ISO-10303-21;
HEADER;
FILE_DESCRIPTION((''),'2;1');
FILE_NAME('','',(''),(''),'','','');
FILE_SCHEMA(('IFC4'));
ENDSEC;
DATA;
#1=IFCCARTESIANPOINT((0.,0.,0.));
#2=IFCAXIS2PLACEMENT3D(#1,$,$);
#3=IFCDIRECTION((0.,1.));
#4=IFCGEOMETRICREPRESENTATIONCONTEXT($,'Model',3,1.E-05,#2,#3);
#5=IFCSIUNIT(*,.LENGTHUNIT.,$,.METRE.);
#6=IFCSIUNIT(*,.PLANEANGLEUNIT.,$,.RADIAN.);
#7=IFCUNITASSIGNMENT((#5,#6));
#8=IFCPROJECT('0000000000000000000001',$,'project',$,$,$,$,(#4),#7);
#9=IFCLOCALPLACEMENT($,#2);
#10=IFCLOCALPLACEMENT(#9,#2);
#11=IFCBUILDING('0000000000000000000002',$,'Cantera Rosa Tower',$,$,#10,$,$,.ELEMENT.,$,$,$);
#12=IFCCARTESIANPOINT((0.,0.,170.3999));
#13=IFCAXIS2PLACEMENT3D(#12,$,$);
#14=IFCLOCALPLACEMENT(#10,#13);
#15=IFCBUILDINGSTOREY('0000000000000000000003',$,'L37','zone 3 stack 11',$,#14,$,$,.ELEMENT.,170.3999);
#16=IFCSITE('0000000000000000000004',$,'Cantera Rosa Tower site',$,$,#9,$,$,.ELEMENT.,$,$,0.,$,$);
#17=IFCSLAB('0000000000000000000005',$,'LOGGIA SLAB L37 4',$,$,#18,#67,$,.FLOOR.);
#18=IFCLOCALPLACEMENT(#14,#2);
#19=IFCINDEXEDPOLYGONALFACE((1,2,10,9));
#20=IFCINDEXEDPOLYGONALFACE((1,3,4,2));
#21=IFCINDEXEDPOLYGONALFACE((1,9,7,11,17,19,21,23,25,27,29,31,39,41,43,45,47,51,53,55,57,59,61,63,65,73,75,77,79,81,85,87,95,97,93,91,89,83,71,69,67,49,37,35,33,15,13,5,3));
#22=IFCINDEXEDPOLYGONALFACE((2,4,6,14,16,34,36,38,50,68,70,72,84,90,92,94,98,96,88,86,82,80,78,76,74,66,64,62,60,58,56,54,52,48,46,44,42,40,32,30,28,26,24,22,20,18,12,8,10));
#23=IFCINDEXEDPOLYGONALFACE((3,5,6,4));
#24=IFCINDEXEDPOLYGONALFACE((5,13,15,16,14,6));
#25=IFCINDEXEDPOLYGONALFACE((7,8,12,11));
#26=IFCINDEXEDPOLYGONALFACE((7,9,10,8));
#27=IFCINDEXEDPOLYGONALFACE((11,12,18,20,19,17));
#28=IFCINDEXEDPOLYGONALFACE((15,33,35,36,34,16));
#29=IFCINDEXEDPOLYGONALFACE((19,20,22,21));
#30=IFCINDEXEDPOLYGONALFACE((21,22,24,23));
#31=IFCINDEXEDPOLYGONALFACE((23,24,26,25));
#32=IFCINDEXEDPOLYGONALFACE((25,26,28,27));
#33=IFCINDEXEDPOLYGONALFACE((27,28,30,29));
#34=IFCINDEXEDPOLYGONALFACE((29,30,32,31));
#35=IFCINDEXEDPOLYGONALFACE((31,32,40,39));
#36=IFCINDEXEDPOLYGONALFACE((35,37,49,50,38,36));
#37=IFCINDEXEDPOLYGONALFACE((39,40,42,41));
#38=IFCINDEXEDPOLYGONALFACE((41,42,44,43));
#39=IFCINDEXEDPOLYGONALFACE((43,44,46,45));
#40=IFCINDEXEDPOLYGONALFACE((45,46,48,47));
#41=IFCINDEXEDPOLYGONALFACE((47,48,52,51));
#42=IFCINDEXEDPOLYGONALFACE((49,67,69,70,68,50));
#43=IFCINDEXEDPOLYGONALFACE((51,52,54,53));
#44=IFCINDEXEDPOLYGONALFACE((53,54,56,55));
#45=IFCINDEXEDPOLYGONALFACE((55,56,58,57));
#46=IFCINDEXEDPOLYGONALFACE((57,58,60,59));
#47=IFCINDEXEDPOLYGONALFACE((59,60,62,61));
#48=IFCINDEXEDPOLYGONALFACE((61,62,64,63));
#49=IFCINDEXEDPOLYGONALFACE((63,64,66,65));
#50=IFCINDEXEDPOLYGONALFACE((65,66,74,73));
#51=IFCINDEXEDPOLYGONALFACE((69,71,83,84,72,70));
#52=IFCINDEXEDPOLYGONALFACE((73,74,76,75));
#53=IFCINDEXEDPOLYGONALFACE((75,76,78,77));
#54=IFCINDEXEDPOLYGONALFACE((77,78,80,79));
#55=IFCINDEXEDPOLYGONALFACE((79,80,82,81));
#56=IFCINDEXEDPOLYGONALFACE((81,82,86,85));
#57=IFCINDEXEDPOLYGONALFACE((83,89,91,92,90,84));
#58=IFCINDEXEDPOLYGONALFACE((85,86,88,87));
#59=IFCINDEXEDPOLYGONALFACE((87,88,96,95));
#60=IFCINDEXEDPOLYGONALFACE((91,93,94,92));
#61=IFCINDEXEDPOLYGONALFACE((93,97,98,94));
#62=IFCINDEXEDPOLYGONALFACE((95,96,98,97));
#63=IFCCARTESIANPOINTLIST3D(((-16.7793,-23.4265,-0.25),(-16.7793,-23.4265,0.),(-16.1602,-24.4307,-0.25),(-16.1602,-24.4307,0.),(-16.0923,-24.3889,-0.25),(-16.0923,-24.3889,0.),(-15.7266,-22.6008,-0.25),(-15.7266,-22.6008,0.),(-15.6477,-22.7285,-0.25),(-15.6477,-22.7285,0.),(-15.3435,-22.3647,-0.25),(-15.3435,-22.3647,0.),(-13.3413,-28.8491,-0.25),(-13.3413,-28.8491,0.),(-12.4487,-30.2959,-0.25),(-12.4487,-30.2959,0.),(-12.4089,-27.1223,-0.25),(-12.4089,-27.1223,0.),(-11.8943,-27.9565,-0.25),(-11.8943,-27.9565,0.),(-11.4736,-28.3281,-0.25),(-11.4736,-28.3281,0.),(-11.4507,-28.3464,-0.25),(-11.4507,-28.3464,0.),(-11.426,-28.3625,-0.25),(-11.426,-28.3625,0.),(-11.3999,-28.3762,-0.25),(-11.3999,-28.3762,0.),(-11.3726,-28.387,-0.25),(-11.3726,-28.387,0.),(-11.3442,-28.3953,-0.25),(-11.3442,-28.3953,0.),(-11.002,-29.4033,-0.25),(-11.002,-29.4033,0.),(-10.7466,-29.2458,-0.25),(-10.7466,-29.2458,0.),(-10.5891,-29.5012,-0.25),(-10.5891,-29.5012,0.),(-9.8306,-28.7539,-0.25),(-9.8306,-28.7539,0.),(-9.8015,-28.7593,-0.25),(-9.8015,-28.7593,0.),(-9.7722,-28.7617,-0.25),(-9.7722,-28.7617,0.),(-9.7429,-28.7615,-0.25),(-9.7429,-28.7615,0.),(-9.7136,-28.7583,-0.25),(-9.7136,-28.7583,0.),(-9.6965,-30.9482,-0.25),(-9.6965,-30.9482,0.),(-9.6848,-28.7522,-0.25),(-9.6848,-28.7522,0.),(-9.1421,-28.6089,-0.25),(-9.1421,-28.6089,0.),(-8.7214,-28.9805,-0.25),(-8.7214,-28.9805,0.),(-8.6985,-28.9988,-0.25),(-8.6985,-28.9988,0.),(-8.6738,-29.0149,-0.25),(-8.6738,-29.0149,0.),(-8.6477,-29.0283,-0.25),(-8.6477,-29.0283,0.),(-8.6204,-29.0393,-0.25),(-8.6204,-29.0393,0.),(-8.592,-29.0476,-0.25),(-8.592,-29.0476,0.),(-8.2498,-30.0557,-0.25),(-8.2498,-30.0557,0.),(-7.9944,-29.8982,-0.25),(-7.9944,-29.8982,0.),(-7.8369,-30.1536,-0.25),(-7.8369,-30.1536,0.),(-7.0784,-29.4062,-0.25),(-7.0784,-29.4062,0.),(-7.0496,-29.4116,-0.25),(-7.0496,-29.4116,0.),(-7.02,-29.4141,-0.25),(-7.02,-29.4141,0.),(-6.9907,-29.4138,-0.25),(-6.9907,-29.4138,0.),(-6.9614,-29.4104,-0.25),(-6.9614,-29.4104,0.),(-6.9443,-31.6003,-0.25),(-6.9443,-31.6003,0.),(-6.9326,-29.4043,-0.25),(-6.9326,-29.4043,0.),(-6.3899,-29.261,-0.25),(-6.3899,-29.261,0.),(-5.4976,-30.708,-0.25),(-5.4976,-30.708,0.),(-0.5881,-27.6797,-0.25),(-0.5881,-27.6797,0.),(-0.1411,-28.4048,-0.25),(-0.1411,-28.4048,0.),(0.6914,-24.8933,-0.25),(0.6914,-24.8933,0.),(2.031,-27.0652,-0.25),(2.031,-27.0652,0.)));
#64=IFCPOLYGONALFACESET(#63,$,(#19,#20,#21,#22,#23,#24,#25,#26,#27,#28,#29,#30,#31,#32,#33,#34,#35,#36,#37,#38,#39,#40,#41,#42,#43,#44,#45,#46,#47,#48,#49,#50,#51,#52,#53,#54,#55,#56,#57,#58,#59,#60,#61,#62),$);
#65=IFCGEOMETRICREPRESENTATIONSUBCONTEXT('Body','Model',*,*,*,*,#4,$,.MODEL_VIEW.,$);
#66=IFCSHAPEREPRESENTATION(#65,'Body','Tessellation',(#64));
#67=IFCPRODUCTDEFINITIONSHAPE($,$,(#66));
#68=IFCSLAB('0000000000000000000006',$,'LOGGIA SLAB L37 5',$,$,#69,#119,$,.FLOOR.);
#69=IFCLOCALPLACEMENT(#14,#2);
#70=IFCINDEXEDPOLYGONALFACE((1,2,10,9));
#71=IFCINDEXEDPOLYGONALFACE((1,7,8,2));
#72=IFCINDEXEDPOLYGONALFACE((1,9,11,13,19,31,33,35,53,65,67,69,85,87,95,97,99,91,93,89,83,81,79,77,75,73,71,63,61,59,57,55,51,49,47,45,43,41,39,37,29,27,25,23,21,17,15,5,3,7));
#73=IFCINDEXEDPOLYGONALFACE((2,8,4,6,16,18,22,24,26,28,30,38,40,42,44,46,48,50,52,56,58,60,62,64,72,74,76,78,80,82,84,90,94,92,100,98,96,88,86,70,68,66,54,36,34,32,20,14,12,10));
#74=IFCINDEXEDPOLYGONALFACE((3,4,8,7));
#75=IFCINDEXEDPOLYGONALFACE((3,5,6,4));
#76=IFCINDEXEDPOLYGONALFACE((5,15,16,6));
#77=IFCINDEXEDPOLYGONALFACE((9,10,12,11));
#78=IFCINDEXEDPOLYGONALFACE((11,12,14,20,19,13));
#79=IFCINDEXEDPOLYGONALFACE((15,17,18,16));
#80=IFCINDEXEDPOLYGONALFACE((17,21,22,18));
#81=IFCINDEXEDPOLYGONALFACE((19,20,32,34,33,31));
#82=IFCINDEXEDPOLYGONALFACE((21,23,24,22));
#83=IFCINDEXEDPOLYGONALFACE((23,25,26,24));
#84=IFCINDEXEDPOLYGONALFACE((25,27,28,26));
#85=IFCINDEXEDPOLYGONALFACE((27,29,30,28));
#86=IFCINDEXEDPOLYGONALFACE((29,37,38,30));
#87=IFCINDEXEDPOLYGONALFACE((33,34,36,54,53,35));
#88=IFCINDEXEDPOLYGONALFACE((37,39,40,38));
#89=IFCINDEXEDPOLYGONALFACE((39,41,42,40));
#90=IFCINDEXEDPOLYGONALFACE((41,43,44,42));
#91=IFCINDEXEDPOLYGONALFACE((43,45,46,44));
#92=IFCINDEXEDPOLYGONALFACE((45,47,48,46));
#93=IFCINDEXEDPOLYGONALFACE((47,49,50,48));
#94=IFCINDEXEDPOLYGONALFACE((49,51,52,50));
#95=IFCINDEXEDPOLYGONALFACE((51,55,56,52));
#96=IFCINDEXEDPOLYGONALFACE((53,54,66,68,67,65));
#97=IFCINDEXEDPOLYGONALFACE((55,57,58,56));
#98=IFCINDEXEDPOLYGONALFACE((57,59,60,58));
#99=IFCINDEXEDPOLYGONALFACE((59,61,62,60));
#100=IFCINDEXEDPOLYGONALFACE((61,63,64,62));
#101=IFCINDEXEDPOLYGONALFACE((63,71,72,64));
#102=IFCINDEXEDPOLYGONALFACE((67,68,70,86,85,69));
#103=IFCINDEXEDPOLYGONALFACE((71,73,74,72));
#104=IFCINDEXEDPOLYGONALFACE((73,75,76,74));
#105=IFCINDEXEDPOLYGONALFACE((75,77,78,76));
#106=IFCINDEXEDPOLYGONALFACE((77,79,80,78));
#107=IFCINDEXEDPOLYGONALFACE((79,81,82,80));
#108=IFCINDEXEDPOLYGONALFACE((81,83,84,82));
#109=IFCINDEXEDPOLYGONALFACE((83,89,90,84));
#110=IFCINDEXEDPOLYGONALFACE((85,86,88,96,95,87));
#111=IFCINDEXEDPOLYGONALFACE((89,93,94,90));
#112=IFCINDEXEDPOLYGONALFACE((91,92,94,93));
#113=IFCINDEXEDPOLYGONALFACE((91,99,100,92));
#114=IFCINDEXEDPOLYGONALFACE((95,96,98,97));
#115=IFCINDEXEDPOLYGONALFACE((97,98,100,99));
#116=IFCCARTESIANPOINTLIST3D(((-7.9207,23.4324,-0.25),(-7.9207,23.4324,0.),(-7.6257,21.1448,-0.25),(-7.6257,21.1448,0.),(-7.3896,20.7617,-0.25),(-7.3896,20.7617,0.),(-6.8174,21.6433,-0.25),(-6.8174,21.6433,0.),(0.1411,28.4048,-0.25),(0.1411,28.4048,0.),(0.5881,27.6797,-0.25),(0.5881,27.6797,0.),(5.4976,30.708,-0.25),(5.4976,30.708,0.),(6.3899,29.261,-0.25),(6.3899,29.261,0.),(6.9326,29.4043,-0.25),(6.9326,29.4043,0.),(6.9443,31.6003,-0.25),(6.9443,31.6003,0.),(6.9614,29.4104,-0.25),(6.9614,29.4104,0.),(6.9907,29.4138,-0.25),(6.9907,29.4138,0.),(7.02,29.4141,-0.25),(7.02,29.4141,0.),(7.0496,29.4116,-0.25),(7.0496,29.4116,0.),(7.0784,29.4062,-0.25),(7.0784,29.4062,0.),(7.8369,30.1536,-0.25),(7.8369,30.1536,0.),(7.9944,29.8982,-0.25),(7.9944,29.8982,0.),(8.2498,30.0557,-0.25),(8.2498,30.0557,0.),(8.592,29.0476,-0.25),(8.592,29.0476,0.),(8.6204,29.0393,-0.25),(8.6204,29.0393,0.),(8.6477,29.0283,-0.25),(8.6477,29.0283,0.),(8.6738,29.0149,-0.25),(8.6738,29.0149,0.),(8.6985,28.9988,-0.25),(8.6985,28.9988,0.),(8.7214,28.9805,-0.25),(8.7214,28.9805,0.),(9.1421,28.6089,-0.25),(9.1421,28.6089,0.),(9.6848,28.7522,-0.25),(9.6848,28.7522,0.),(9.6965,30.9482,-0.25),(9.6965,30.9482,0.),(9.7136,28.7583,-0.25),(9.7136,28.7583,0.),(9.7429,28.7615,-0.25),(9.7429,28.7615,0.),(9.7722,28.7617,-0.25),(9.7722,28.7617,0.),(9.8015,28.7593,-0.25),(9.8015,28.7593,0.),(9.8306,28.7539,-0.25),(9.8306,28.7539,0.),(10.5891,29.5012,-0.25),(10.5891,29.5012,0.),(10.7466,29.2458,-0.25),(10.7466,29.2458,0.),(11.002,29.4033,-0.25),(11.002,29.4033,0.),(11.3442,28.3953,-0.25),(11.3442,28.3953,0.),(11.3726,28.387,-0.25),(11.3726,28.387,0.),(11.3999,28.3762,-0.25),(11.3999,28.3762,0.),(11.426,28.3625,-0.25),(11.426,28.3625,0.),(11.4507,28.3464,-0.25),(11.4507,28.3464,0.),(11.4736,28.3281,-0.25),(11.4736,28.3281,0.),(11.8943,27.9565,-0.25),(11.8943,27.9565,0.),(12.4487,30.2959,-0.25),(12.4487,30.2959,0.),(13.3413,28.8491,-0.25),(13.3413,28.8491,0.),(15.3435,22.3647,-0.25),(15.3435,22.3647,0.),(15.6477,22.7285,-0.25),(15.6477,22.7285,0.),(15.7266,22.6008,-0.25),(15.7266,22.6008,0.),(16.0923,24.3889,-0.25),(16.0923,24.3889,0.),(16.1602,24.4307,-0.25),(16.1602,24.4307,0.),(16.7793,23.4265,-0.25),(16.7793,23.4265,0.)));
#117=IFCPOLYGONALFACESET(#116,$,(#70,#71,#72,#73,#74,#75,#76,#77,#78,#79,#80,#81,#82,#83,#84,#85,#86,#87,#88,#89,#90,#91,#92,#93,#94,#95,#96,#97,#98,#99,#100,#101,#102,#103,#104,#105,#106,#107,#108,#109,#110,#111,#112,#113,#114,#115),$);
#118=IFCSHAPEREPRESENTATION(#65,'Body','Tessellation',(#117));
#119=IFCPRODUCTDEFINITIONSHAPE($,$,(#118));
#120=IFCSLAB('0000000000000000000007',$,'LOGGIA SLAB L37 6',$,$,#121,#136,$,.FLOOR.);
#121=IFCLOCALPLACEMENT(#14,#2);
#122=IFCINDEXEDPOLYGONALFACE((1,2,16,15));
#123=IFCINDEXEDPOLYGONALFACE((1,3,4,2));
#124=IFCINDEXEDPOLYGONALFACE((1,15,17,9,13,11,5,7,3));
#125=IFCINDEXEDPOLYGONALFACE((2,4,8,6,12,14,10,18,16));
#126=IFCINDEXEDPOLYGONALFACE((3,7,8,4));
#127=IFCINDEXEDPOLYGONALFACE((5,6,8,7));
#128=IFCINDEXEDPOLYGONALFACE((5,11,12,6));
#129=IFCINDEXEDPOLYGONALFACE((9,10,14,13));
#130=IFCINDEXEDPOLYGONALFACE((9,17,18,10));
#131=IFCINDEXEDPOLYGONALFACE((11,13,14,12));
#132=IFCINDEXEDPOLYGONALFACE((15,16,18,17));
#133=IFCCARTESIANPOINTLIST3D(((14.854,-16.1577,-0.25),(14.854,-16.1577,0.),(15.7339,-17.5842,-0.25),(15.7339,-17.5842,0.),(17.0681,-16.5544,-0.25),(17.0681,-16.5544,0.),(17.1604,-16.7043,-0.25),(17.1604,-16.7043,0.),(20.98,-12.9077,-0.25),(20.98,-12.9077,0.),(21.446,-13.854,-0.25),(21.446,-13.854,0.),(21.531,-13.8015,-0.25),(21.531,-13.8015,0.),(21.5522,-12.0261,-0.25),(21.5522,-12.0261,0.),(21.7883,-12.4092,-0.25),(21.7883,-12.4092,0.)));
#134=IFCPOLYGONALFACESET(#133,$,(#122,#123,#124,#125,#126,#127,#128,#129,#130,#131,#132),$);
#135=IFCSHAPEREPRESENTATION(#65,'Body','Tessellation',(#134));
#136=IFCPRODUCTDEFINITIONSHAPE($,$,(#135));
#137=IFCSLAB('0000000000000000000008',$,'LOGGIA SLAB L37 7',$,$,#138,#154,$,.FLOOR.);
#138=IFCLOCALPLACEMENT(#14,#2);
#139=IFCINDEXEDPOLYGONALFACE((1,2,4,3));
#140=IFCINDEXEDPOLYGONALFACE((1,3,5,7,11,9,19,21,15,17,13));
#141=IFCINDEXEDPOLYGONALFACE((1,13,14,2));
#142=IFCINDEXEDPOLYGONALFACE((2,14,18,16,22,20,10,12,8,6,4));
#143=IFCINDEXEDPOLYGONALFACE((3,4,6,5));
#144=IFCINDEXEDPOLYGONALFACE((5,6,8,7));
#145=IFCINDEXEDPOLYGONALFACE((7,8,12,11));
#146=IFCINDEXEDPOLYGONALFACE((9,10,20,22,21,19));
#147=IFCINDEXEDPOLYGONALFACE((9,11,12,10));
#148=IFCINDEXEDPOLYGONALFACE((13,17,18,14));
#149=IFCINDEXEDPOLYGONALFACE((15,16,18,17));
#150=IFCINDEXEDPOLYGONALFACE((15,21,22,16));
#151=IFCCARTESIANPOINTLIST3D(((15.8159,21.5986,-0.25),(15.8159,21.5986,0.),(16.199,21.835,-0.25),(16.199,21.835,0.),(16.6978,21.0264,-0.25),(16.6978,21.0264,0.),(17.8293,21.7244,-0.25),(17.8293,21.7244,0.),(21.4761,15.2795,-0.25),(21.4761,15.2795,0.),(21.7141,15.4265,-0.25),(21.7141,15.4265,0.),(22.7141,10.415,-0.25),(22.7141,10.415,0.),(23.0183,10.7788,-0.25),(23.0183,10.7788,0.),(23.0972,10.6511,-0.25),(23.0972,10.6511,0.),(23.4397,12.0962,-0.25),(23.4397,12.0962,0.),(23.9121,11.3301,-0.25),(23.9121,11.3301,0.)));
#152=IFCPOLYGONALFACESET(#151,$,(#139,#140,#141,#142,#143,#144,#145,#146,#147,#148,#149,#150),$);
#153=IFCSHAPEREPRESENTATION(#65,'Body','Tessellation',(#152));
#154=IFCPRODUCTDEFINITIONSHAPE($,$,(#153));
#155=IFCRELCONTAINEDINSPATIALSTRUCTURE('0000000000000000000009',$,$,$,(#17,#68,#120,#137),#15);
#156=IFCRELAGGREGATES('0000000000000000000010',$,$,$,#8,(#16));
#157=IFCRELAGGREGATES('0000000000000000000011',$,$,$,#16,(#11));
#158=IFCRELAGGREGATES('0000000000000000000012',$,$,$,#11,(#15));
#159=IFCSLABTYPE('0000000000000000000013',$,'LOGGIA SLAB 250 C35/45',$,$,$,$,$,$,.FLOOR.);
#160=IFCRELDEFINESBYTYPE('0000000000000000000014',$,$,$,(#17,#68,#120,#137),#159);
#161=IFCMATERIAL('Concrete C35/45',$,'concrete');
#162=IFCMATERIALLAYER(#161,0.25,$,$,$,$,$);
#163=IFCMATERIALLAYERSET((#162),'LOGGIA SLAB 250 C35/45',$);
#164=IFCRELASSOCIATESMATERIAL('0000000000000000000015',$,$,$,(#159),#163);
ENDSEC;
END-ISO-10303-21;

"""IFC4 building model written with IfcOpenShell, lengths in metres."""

from ifc_helpers import new_model, si_unit, direction, frame, origin, place, context, subcontext, project, spatial, polyline, outline, extrude, material, layer, layer_set, type_object, element, save


model = new_model("IFC4")

# Units and contexts
model_context = context("Model", 3, precision=1e-05, world=origin(), true_north=direction((0.0, 1.0)))
body_context = subcontext(model_context, "Body", "Model", "MODEL_VIEW")
ifc_project = project(units=[si_unit("LENGTHUNIT", "METRE"), si_unit("PLANEANGLEUNIT", "RADIAN")], contexts=[model_context])

# Site, building, storey
site_placement = place(None, origin())
site = spatial("IfcSite", under=ifc_project, at=site_placement, Name="Cantera Rosa Tower site", CompositionType="ELEMENT", RefElevation=0.0)
building_placement = place(site_placement, origin())
building = spatial("IfcBuilding", under=site, at=building_placement, Name="Cantera Rosa Tower", CompositionType="ELEMENT")
storey_placement = place(building_placement, frame((0.0, 0.0, 170.3999)))
storey = spatial("IfcBuildingStorey", under=building, at=storey_placement, Name="L37", Description="zone 3 stack 11", CompositionType="ELEMENT", Elevation=170.3999)

# Slabs
ifc_material_1 = material(Name="Concrete C35/45", Category="concrete")
ifc_layer_1 = layer(ifc_material_1, 0.25)
ifc_layer_set_1 = layer_set([ifc_layer_1], Name="LOGGIA SLAB 250 C35/45")
slab_type_1 = type_object("IfcSlabType", Name="LOGGIA SLAB 250 C35/45", PredefinedType="FLOOR", material=ifc_layer_set_1)
slab_1_placement = place(storey_placement, frame((0.0, 0.0, -0.25)))
element("IfcSlab", 1, at=slab_1_placement, inside=storey, type_object=slab_type_1, Name="LOGGIA SLAB L37 4", PredefinedType="FLOOR", context=body_context, shape_type="SweptSolid", body=[
    extrude(outline(polyline([(-7.9944, -29.8982), (-8.2498, -30.0557), (-9.6965, -30.9482), (-10.5891, -29.5012), (-10.7466, -29.2458), (-11.002, -29.4033), (-12.4487, -30.2959), (-13.3413, -28.8491), (-16.0923, -24.3889), (-16.1602, -24.4307), (-16.7793, -23.4265), (-15.6477, -22.7285), (-15.7266, -22.6008), (-15.3435, -22.3647), (-12.4089, -27.1223), (-11.8943, -27.9565), (-11.4736, -28.3281), (-11.4507, -28.3464), (-11.426, -28.3625), (-11.3999, -28.3762), (-11.3726, -28.387), (-11.3442, -28.3953), (-9.8306, -28.7539), (-9.8015, -28.7593), (-9.7722, -28.7617), (-9.7429, -28.7615), (-9.7136, -28.7583), (-9.6848, -28.7522), (-9.1421, -28.6089), (-8.7214, -28.9805), (-8.6985, -28.9988), (-8.6738, -29.0149), (-8.6477, -29.0283), (-8.6204, -29.0393), (-8.592, -29.0476), (-7.0784, -29.4062), (-7.0496, -29.4116), (-7.02, -29.4141), (-6.9907, -29.4138), (-6.9614, -29.4104), (-6.9326, -29.4043), (-6.3899, -29.261), (0.6914, -24.8933), (2.031, -27.0652), (-0.1411, -28.4048), (-0.5881, -27.6797), (-5.4976, -30.708), (-6.9443, -31.6003), (-7.8369, -30.1536), (-7.9944, -29.8982)])), origin(), (0.0, 0.0, 1.0), 0.25),
])
slab_2_placement = place(storey_placement, frame((0.0, 0.0, -0.25)))
element("IfcSlab", 2, at=slab_2_placement, inside=storey, type_object=slab_type_1, Name="LOGGIA SLAB L37 5", PredefinedType="FLOOR", context=body_context, shape_type="SweptSolid", body=[
    extrude(outline(polyline([(7.9944, 29.8982), (8.2498, 30.0557), (9.6965, 30.9482), (10.5891, 29.5012), (10.7466, 29.2458), (11.002, 29.4033), (12.4487, 30.2959), (13.3413, 28.8491), (16.0923, 24.3889), (16.1602, 24.4307), (16.7793, 23.4265), (15.6477, 22.7285), (15.7266, 22.6008), (15.3435, 22.3647), (11.8943, 27.9565), (11.4736, 28.3281), (11.4507, 28.3464), (11.426, 28.3625), (11.3999, 28.3762), (11.3726, 28.387), (11.3442, 28.3953), (9.8306, 28.7539), (9.8015, 28.7593), (9.7722, 28.7617), (9.7429, 28.7615), (9.7136, 28.7583), (9.6848, 28.7522), (9.1421, 28.6089), (8.7214, 28.9805), (8.6985, 28.9988), (8.6738, 29.0149), (8.6477, 29.0283), (8.6204, 29.0393), (8.592, 29.0476), (7.0784, 29.4062), (7.0496, 29.4116), (7.02, 29.4141), (6.9907, 29.4138), (6.9614, 29.4104), (6.9326, 29.4043), (6.3899, 29.261), (-7.3896, 20.7617), (-7.6257, 21.1448), (-6.8174, 21.6433), (-7.9207, 23.4324), (0.1411, 28.4048), (0.5881, 27.6797), (5.4976, 30.708), (6.9443, 31.6003), (7.8369, 30.1536), (7.9944, 29.8982)])), origin(), (0.0, 0.0, 1.0), 0.25),
])
slab_3_placement = place(storey_placement, frame((0.0, 0.0, -0.25)))
element("IfcSlab", 3, at=slab_3_placement, inside=storey, type_object=slab_type_1, Name="LOGGIA SLAB L37 6", PredefinedType="FLOOR", context=body_context, shape_type="SweptSolid", body=[
    extrude(outline(polyline([(21.531, -13.8015), (21.446, -13.854), (17.0681, -16.5544), (17.1604, -16.7043), (15.7339, -17.5842), (14.854, -16.1577), (21.5522, -12.0261), (21.7883, -12.4092), (20.98, -12.9077), (21.531, -13.8015)])), origin(), (0.0, 0.0, 1.0), 0.25),
])
slab_4_placement = place(storey_placement, frame((0.0, 0.0, -0.25)))
element("IfcSlab", 4, at=slab_4_placement, inside=storey, type_object=slab_type_1, Name="LOGGIA SLAB L37 7", PredefinedType="FLOOR", context=body_context, shape_type="SweptSolid", body=[
    extrude(outline(polyline([(23.0972, 10.6511), (22.7141, 10.415), (15.8159, 21.5986), (16.199, 21.835), (16.6978, 21.0264), (17.8293, 21.7244), (21.7141, 15.4265), (21.4761, 15.2795), (23.4397, 12.0962), (23.9121, 11.3301), (23.0183, 10.7788), (23.0972, 10.6511)])), origin(), (0.0, 0.0, 1.0), 0.25),
])

save(model, "model.ifc")
